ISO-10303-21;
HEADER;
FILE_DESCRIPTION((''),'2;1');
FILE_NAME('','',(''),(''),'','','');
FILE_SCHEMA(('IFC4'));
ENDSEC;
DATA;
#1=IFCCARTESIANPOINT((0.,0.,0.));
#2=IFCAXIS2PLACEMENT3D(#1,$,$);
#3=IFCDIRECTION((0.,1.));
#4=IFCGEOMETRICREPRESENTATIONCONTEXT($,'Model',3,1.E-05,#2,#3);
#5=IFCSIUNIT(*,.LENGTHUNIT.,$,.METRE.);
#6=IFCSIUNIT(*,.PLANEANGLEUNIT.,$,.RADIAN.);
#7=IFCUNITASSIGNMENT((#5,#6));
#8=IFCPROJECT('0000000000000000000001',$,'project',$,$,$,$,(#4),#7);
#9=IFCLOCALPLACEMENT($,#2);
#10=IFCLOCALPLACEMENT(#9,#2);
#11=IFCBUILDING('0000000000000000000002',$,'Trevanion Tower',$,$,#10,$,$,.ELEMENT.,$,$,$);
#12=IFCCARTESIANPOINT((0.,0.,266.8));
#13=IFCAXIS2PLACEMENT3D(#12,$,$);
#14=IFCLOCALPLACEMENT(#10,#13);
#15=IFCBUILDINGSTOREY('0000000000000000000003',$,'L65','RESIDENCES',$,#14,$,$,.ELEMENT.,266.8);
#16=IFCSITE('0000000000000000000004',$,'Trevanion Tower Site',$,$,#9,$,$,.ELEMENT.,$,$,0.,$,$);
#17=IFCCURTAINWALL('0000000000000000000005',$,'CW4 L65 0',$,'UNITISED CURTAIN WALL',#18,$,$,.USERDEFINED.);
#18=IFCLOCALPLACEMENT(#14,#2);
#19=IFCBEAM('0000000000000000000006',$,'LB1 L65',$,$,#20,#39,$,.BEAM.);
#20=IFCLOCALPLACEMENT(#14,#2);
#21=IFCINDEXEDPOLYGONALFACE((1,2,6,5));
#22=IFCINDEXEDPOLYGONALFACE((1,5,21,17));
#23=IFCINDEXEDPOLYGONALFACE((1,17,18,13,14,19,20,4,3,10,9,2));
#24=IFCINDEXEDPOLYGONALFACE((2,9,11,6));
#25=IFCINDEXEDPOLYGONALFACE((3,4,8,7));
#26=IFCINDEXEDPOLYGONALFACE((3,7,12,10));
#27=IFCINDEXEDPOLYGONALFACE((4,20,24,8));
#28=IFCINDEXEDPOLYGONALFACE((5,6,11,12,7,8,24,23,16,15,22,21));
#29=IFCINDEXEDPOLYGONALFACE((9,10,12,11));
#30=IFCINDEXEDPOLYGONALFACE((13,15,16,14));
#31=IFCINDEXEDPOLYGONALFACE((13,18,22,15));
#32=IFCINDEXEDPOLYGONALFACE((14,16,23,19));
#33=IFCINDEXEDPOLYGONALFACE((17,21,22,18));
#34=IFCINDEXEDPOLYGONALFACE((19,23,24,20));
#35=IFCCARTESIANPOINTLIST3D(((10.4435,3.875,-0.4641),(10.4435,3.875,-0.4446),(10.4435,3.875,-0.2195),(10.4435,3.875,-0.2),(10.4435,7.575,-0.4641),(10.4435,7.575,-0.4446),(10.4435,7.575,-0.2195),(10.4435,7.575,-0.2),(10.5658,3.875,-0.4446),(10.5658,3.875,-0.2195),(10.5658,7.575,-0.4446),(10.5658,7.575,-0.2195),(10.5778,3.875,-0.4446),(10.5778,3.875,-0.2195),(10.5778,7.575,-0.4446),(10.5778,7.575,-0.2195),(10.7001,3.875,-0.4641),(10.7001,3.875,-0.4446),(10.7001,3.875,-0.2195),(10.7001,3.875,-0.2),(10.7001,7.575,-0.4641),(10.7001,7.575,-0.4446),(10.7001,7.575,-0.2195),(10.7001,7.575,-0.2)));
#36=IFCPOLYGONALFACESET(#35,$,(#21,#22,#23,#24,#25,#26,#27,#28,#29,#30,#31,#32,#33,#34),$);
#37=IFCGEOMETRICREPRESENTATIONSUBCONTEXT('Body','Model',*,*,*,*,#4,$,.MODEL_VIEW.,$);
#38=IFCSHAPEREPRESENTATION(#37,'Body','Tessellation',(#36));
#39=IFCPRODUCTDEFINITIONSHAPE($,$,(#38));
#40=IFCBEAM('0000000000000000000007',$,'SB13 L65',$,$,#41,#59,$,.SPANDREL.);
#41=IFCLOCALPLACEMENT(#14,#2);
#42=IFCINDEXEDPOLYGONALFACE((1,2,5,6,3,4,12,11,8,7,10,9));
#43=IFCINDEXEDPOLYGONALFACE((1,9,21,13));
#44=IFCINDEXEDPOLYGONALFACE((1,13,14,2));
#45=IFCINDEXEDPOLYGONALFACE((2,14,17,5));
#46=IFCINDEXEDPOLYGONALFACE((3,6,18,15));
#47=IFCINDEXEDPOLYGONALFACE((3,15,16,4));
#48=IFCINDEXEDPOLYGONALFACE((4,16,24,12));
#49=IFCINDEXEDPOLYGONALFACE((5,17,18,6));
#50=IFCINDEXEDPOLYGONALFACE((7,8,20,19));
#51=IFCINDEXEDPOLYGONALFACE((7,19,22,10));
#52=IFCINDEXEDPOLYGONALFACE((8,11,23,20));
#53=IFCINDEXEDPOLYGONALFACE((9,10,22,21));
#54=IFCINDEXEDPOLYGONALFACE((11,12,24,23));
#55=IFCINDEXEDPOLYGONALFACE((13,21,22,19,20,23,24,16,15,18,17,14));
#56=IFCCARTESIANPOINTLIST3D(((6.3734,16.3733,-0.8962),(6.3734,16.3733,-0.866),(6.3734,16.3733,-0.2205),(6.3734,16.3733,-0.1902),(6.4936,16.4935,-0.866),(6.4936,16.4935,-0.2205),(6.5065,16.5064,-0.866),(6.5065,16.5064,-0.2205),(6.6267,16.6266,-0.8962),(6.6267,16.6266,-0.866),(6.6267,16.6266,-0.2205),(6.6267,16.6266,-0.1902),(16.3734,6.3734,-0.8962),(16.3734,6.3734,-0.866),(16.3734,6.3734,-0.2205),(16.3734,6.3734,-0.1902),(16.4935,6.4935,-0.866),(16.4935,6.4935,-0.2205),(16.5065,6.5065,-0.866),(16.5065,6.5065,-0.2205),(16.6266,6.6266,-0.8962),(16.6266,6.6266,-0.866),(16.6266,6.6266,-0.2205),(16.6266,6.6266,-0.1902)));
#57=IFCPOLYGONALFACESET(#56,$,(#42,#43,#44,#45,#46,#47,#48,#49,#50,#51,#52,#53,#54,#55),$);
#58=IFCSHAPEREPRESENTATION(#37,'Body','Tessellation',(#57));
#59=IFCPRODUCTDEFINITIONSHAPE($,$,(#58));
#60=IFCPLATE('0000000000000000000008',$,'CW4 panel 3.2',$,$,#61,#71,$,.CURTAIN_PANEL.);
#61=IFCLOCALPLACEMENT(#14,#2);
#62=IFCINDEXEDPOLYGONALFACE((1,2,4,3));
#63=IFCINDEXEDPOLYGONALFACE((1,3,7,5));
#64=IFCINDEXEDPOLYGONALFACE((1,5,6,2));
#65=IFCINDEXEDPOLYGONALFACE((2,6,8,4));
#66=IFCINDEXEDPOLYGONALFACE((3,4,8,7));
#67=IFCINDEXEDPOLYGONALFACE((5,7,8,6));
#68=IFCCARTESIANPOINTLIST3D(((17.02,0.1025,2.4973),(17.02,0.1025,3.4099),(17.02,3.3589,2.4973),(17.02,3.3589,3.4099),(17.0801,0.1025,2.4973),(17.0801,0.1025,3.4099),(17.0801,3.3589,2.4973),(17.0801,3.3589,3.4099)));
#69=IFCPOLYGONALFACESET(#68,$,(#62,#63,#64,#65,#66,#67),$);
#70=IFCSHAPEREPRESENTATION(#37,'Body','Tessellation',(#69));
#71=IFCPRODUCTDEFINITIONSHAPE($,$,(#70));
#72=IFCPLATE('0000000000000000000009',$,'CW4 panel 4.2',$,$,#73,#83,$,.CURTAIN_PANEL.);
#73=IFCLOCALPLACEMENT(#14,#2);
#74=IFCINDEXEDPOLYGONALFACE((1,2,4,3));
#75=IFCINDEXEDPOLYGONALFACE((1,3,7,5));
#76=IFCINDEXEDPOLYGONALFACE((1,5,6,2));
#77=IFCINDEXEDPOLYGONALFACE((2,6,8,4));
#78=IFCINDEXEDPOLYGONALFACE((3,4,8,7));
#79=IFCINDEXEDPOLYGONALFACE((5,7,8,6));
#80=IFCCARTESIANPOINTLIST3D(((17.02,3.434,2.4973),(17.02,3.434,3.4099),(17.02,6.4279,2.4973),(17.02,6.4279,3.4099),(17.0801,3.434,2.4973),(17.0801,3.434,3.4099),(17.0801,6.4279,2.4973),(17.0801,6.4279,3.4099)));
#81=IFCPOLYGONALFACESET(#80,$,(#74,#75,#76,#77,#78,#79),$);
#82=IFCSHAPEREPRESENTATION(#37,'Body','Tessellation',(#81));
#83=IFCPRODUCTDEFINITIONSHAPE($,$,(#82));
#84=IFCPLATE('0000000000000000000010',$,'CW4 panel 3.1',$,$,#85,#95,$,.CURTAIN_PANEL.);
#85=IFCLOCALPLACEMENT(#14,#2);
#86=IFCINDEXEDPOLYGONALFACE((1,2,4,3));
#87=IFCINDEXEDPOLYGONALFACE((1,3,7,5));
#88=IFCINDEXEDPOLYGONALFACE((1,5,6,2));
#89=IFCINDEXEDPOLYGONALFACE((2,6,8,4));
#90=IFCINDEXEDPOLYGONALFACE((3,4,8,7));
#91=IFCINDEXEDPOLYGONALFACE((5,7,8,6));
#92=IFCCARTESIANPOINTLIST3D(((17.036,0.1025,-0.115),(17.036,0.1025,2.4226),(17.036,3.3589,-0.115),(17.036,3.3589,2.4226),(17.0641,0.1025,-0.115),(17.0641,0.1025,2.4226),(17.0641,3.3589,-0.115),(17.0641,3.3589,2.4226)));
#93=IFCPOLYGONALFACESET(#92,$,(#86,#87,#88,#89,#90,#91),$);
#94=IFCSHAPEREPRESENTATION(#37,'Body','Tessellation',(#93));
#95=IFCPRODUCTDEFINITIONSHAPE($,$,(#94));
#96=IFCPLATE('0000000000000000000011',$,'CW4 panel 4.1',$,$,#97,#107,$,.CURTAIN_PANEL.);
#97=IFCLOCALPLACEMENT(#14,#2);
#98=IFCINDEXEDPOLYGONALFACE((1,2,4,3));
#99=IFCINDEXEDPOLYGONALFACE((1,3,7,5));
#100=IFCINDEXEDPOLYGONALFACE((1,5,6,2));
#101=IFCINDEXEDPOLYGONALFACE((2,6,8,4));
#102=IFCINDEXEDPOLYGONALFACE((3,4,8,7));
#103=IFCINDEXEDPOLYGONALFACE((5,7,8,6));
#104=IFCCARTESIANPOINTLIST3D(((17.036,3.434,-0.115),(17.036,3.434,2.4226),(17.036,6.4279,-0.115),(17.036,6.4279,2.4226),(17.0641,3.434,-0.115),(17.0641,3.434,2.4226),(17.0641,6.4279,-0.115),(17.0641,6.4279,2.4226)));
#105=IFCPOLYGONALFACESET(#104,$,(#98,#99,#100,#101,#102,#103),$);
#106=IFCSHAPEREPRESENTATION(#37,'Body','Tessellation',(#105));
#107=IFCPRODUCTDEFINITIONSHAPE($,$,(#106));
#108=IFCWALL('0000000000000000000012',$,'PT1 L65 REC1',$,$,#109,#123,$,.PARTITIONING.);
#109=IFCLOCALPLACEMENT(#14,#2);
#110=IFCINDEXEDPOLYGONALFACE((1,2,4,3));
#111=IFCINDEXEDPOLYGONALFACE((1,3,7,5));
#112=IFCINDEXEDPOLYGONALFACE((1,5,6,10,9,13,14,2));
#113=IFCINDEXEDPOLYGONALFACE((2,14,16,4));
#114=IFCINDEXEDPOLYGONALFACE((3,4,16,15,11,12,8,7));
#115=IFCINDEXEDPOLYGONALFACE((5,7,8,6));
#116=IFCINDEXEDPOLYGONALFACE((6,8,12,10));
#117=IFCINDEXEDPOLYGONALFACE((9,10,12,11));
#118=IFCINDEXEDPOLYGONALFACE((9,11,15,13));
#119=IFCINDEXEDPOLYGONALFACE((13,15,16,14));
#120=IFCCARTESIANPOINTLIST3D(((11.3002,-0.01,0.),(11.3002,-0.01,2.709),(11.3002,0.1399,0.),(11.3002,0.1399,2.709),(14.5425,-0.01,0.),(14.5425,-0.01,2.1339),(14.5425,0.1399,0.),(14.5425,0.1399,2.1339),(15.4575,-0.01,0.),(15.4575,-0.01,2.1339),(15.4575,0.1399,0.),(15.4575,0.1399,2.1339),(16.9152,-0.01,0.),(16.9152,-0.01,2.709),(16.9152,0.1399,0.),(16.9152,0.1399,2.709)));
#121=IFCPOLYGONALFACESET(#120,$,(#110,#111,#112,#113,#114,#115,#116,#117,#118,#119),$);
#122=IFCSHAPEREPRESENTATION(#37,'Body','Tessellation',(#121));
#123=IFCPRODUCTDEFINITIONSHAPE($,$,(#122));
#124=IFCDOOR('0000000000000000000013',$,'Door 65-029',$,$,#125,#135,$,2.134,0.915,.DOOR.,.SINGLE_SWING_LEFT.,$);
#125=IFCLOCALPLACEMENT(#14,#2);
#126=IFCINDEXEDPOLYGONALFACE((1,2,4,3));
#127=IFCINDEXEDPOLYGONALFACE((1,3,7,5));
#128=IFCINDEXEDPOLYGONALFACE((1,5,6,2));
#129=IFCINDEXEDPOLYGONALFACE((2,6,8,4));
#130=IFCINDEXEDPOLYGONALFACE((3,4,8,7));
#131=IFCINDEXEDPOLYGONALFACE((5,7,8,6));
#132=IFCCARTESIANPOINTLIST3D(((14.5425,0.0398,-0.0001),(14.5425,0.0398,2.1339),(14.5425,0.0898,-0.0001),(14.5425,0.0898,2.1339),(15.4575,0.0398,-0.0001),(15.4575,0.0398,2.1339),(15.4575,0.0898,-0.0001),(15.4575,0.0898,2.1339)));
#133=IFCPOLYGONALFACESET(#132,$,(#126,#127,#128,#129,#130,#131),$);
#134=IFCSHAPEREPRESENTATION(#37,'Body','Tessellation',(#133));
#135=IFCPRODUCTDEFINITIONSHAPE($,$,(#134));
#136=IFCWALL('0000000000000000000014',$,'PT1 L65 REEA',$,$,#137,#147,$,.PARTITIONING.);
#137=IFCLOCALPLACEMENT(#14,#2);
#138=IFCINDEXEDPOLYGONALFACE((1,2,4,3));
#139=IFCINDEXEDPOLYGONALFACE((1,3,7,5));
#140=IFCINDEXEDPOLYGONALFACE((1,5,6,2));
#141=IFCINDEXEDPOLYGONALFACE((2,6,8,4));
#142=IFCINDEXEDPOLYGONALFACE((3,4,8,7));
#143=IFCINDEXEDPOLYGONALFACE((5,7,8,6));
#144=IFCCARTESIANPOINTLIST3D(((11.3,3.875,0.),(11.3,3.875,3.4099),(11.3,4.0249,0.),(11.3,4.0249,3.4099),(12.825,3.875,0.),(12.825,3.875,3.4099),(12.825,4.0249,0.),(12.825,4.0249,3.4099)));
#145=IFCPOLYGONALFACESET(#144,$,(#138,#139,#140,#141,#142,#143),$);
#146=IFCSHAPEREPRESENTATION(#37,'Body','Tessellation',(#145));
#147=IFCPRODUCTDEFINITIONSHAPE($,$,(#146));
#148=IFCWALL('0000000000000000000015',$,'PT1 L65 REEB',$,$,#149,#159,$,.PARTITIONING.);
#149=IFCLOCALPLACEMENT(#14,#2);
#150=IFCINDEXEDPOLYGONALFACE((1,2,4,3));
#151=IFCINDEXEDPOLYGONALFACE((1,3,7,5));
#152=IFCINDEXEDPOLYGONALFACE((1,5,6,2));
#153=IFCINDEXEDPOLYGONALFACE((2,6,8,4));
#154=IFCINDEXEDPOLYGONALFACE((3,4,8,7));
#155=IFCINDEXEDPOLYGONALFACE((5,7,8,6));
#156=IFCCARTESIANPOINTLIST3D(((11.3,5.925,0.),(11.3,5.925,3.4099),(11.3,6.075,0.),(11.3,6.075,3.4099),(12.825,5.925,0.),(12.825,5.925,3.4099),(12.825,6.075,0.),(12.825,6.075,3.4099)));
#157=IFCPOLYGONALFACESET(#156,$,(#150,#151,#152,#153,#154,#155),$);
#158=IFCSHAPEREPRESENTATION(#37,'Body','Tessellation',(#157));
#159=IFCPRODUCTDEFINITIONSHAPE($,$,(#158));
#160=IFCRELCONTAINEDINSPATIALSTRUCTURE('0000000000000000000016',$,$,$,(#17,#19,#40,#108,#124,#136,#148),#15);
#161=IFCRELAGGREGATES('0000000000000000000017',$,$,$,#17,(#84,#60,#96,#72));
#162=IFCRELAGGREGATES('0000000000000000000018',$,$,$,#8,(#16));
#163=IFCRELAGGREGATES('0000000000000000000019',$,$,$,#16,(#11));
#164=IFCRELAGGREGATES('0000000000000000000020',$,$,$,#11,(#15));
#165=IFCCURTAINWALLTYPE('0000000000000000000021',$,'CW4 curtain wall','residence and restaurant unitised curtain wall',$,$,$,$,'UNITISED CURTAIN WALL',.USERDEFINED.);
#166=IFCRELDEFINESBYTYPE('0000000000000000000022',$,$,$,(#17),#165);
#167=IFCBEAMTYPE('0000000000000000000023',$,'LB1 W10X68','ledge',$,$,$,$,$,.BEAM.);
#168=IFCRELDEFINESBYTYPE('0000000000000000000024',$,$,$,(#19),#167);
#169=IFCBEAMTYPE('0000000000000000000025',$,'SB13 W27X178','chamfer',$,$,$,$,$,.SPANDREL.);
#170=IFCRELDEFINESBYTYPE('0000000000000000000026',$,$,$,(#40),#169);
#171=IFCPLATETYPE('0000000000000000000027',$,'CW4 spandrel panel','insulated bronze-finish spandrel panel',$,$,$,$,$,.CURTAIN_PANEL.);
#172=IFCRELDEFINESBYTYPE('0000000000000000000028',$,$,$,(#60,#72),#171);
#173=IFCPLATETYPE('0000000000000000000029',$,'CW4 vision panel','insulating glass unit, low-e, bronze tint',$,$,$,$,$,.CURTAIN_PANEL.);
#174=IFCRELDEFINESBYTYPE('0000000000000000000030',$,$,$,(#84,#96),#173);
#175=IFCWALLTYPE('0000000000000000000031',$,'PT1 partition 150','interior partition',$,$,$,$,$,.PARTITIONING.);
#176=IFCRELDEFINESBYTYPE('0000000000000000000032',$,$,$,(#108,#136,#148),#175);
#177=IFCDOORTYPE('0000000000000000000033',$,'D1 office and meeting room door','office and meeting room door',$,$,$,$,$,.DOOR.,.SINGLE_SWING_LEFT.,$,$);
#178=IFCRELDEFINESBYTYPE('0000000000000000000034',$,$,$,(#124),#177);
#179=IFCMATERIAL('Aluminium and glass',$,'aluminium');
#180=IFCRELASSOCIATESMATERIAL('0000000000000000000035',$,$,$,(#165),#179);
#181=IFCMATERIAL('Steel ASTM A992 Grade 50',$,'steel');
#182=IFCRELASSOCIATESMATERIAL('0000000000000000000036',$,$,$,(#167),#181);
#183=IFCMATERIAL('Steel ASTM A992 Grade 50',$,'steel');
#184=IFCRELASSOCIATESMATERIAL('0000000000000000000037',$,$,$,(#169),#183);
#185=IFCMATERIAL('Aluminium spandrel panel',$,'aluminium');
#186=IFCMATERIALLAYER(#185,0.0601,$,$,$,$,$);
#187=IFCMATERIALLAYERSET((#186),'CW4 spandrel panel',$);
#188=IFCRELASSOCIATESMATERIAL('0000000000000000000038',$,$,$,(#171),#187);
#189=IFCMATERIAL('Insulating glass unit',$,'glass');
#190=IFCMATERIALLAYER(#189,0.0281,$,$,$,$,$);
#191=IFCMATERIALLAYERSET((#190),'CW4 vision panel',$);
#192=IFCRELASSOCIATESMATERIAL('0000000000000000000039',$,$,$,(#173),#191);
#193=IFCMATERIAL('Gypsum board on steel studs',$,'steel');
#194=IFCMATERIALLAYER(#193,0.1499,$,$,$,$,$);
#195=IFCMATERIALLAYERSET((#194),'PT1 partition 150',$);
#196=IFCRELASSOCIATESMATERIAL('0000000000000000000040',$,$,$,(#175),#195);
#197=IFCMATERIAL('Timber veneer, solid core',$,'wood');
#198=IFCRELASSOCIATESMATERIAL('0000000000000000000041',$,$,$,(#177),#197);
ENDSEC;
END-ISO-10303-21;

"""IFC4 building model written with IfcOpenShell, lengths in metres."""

from ifc_helpers import new_model, si_unit, direction, frame, frame_2d, origin, origin_2d, place, context, subcontext, project, spatial, rectangle, i_section, extrude, material, layer, layer_set, material_profile, profile_set, type_object, element, fill, aggregate, save


model = new_model("IFC4")

# Units and contexts
model_context = context("Model", 3, precision=1e-05, world=origin(), true_north=direction((0.0, 1.0)))
body_context = subcontext(model_context, "Body", "Model", "MODEL_VIEW")
ifc_project = project(units=[si_unit("LENGTHUNIT", "METRE"), si_unit("PLANEANGLEUNIT", "RADIAN")], contexts=[model_context])

# Site, building, storey
site_placement = place(None, origin())
site = spatial("IfcSite", under=ifc_project, at=site_placement, Name="Trevanion Tower Site", CompositionType="ELEMENT", RefElevation=0.0)
building_placement = place(site_placement, origin())
building = spatial("IfcBuilding", under=site, at=building_placement, Name="Trevanion Tower", CompositionType="ELEMENT")
storey_placement = place(building_placement, frame((0.0, 0.0, 266.8)))
storey = spatial("IfcBuildingStorey", under=building, at=storey_placement, Name="L65", Description="RESIDENCES", CompositionType="ELEMENT", Elevation=266.8)

# Curtain wall
ifc_material_1 = material(Name="Aluminium and glass", Category="aluminium")
curtain_wall_type = type_object("IfcCurtainWallType", Name="CW4 curtain wall", Description="residence and restaurant unitised curtain wall", ElementType="UNITISED CURTAIN WALL", PredefinedType="USERDEFINED", material=ifc_material_1)
curtain_wall_placement = place(storey_placement, origin())
curtain_wall = element("IfcCurtainWall", 1, at=curtain_wall_placement, inside=storey, type_object=curtain_wall_type, Name="CW4 L65 0", ObjectType="UNITISED CURTAIN WALL", PredefinedType="USERDEFINED")

# Beams
ifc_material_2 = material(Name="Steel ASTM A992 Grade 50", Category="steel")
ifc_material_profile_1 = material_profile(ifc_material_2, i_section(OverallWidth=0.2566, OverallDepth=0.2642, WebThickness=0.012, FlangeThickness=0.0195, at=origin_2d()), Name="W10X68")
ifc_profile_set_1 = profile_set([ifc_material_profile_1], Name="Steel ASTM A992 Grade 50")
beam_type_1 = type_object("IfcBeamType", Name="LB1 W10X68", Description="ledge", PredefinedType="BEAM", material=ifc_profile_set_1)
beam_1_placement = place(storey_placement, frame((10.5718, 3.875, -0.332), z_axis=(0.0, 1.0, 0.0), x_axis=(-1.0, 0.0, 0.0)))
element("IfcBeam", 2, at=beam_1_placement, inside=storey, type_object=beam_type_1, Name="LB1 L65", PredefinedType="BEAM", context=body_context, shape_type="SweptSolid", body=[
    extrude(i_section(OverallWidth=0.2566, OverallDepth=0.2642, WebThickness=0.012, FlangeThickness=0.0195, at=origin_2d()), origin(), (0.0, 0.0, 1.0), 3.7),
])
ifc_material_3 = material(Name="Steel ASTM A992 Grade 50", Category="steel")
ifc_material_profile_2 = material_profile(ifc_material_3, i_section(OverallWidth=0.3582, OverallDepth=0.7061, WebThickness=0.0183, FlangeThickness=0.0303, at=origin_2d()), Name="W27X178")
ifc_profile_set_2 = profile_set([ifc_material_profile_2], Name="Steel ASTM A992 Grade 50")
beam_type_2 = type_object("IfcBeamType", Name="SB13 W27X178", Description="chamfer", PredefinedType="SPANDREL", material=ifc_profile_set_2)
beam_2_placement = place(storey_placement, frame((16.5, 6.5, -0.5432), z_axis=(-0.707107, 0.707107, 0.0), x_axis=(-0.707107, -0.707107, 0.0)))
element("IfcBeam", 3, at=beam_2_placement, inside=storey, type_object=beam_type_2, Name="SB13 L65", PredefinedType="SPANDREL", context=body_context, shape_type="SweptSolid", body=[
    extrude(i_section(OverallWidth=0.3582, OverallDepth=0.7061, WebThickness=0.0183, FlangeThickness=0.0303, at=origin_2d()), origin(), (0.0, 0.0, 1.0), 14.1421),
])

# Plates
ifc_material_4 = material(Name="Aluminium spandrel panel", Category="aluminium")
ifc_layer_1 = layer(ifc_material_4, 0.0601)
ifc_layer_set_1 = layer_set([ifc_layer_1], Name="CW4 spandrel panel")
plate_type_1 = type_object("IfcPlateType", Name="CW4 spandrel panel", Description="insulated bronze-finish spandrel panel", PredefinedType="CURTAIN_PANEL", material=ifc_layer_set_1)
plate_1_placement = place(storey_placement, frame((17.05, 1.7307, 2.4973), z_axis=(0.0, 0.0, 1.0), x_axis=(0.0, 1.0, 0.0)))
plate_1 = element("IfcPlate", 4, at=plate_1_placement, type_object=plate_type_1, Name="CW4 panel 3.2", PredefinedType="CURTAIN_PANEL", context=body_context, shape_type="SweptSolid", body=[
    extrude(rectangle(XDim=3.2563, YDim=0.0601, at=origin_2d()), origin(), (0.0, 0.0, 1.0), 0.9126),
])
plate_2_placement = place(storey_placement, frame((17.05, 4.9309, 2.4973), z_axis=(0.0, 0.0, 1.0), x_axis=(0.0, 1.0, 0.0)))
plate_2 = element("IfcPlate", 5, at=plate_2_placement, type_object=plate_type_1, Name="CW4 panel 4.2", PredefinedType="CURTAIN_PANEL", context=body_context, shape_type="SweptSolid", body=[
    extrude(rectangle(XDim=2.9939, YDim=0.0601, at=origin_2d()), origin(), (0.0, 0.0, 1.0), 0.9126),
])
ifc_material_5 = material(Name="Insulating glass unit", Category="glass")
ifc_layer_2 = layer(ifc_material_5, 0.0281)
ifc_layer_set_2 = layer_set([ifc_layer_2], Name="CW4 vision panel")
plate_type_2 = type_object("IfcPlateType", Name="CW4 vision panel", Description="insulating glass unit, low-e, bronze tint", PredefinedType="CURTAIN_PANEL", material=ifc_layer_set_2)
plate_3_placement = place(storey_placement, frame((17.05, 1.7307, -0.115), z_axis=(0.0, 0.0, 1.0), x_axis=(0.0, 1.0, 0.0)))
plate_3 = element("IfcPlate", 6, at=plate_3_placement, type_object=plate_type_2, Name="CW4 panel 3.1", PredefinedType="CURTAIN_PANEL", context=body_context, shape_type="SweptSolid", body=[
    extrude(rectangle(XDim=3.2563, YDim=0.0281, at=origin_2d()), origin(), (0.0, 0.0, 1.0), 2.5376),
])
plate_4_placement = place(storey_placement, frame((17.05, 4.9309, -0.115), z_axis=(0.0, 0.0, 1.0), x_axis=(0.0, 1.0, 0.0)))
plate_4 = element("IfcPlate", 7, at=plate_4_placement, type_object=plate_type_2, Name="CW4 panel 4.1", PredefinedType="CURTAIN_PANEL", context=body_context, shape_type="SweptSolid", body=[
    extrude(rectangle(XDim=2.9939, YDim=0.0281, at=origin_2d()), origin(), (0.0, 0.0, 1.0), 2.5376),
])
aggregate(curtain_wall, [plate_3, plate_1, plate_4, plate_2])

# Wall, opening, door
ifc_material_6 = material(Name="Gypsum board on steel studs", Category="steel")
ifc_layer_3 = layer(ifc_material_6, 0.1499)
ifc_layer_set_3 = layer_set([ifc_layer_3], Name="PT1 partition 150")
wall_type_1 = type_object("IfcWallType", Name="PT1 partition 150", Description="interior partition", PredefinedType="PARTITIONING", material=ifc_layer_set_3)
wall_1_placement = place(storey_placement, frame((11.3, 0.0649, 0.0), z_axis=(0.0, 0.0, 1.0), x_axis=(1.0, 0.0, 0.0)))
wall_1 = element("IfcWall", 8, at=wall_1_placement, inside=storey, type_object=wall_type_1, Name="PT1 L65 REC1", PredefinedType="PARTITIONING", context=body_context, shape_type="SweptSolid", body=[
    extrude(rectangle(XDim=5.615, YDim=0.1499, at=frame_2d((2.8076, 0.0))), origin(), (0.0, 0.0, 1.0), 2.709),
])
opening_1_placement = place(wall_1_placement, frame((3.2424, 0.0, 0.0)))
opening_1 = element("IfcOpeningElement", 9, at=opening_1_placement, cuts=wall_1, PredefinedType="OPENING", context=body_context, shape_type="SweptSolid", body=[
    extrude(rectangle(XDim=0.915, YDim=2.134, at=frame_2d((0.4575, 1.0669))), frame((0.0, 0.085, 0.0), z_axis=(0.0, -1.0, 0.0), x_axis=(1.0, 0.0, 0.0)), (0.0, 0.0, 1.0), 0.1699),
])
ifc_material_7 = material(Name="Timber veneer, solid core", Category="wood")
door_type_1 = type_object("IfcDoorType", Name="D1 office and meeting room door", Description="office and meeting room door", OperationType="SINGLE_SWING_LEFT", PredefinedType="DOOR", material=ifc_material_7)
door_1_placement = place(opening_1_placement, origin())
door_1 = element("IfcDoor", 10, at=door_1_placement, inside=storey, type_object=door_type_1, Name="Door 65-029", OperationType="SINGLE_SWING_LEFT", OverallHeight=2.134, OverallWidth=0.915, PredefinedType="DOOR", context=body_context, shape_type="SweptSolid", body=[
    extrude(rectangle(XDim=0.915, YDim=2.134, at=frame_2d((0.4575, 1.0669))), frame((0.0, 0.0249, 0.0), z_axis=(0.0, -1.0, 0.0), x_axis=(1.0, 0.0, 0.0)), (0.0, 0.0, 1.0), 0.05),
])
fill(opening_1, door_1)

# Walls
for number, where, z_axis, x_axis, name in (
    (11, (11.3, 3.95, 0.0), (0.0, 0.0, 1.0), (1.0, 0.0, 0.0), "PT1 L65 REEA"),
    (12, (11.3, 6.0, 0.0), (0.0, 0.0, 1.0), (1.0, 0.0, 0.0), "PT1 L65 REEB"),
):
    element("IfcWall", number, at=place(storey_placement, frame(where, z_axis=z_axis, x_axis=x_axis)), inside=storey, type_object=wall_type_1, Name=name, PredefinedType="PARTITIONING", context=body_context, shape_type="SweptSolid", body=[
        extrude(rectangle(XDim=1.5249, YDim=0.1499, at=frame_2d((0.7625, 0.0))), origin(), (0.0, 0.0, 1.0), 3.4099),
    ])

save(model, "model.ifc")
